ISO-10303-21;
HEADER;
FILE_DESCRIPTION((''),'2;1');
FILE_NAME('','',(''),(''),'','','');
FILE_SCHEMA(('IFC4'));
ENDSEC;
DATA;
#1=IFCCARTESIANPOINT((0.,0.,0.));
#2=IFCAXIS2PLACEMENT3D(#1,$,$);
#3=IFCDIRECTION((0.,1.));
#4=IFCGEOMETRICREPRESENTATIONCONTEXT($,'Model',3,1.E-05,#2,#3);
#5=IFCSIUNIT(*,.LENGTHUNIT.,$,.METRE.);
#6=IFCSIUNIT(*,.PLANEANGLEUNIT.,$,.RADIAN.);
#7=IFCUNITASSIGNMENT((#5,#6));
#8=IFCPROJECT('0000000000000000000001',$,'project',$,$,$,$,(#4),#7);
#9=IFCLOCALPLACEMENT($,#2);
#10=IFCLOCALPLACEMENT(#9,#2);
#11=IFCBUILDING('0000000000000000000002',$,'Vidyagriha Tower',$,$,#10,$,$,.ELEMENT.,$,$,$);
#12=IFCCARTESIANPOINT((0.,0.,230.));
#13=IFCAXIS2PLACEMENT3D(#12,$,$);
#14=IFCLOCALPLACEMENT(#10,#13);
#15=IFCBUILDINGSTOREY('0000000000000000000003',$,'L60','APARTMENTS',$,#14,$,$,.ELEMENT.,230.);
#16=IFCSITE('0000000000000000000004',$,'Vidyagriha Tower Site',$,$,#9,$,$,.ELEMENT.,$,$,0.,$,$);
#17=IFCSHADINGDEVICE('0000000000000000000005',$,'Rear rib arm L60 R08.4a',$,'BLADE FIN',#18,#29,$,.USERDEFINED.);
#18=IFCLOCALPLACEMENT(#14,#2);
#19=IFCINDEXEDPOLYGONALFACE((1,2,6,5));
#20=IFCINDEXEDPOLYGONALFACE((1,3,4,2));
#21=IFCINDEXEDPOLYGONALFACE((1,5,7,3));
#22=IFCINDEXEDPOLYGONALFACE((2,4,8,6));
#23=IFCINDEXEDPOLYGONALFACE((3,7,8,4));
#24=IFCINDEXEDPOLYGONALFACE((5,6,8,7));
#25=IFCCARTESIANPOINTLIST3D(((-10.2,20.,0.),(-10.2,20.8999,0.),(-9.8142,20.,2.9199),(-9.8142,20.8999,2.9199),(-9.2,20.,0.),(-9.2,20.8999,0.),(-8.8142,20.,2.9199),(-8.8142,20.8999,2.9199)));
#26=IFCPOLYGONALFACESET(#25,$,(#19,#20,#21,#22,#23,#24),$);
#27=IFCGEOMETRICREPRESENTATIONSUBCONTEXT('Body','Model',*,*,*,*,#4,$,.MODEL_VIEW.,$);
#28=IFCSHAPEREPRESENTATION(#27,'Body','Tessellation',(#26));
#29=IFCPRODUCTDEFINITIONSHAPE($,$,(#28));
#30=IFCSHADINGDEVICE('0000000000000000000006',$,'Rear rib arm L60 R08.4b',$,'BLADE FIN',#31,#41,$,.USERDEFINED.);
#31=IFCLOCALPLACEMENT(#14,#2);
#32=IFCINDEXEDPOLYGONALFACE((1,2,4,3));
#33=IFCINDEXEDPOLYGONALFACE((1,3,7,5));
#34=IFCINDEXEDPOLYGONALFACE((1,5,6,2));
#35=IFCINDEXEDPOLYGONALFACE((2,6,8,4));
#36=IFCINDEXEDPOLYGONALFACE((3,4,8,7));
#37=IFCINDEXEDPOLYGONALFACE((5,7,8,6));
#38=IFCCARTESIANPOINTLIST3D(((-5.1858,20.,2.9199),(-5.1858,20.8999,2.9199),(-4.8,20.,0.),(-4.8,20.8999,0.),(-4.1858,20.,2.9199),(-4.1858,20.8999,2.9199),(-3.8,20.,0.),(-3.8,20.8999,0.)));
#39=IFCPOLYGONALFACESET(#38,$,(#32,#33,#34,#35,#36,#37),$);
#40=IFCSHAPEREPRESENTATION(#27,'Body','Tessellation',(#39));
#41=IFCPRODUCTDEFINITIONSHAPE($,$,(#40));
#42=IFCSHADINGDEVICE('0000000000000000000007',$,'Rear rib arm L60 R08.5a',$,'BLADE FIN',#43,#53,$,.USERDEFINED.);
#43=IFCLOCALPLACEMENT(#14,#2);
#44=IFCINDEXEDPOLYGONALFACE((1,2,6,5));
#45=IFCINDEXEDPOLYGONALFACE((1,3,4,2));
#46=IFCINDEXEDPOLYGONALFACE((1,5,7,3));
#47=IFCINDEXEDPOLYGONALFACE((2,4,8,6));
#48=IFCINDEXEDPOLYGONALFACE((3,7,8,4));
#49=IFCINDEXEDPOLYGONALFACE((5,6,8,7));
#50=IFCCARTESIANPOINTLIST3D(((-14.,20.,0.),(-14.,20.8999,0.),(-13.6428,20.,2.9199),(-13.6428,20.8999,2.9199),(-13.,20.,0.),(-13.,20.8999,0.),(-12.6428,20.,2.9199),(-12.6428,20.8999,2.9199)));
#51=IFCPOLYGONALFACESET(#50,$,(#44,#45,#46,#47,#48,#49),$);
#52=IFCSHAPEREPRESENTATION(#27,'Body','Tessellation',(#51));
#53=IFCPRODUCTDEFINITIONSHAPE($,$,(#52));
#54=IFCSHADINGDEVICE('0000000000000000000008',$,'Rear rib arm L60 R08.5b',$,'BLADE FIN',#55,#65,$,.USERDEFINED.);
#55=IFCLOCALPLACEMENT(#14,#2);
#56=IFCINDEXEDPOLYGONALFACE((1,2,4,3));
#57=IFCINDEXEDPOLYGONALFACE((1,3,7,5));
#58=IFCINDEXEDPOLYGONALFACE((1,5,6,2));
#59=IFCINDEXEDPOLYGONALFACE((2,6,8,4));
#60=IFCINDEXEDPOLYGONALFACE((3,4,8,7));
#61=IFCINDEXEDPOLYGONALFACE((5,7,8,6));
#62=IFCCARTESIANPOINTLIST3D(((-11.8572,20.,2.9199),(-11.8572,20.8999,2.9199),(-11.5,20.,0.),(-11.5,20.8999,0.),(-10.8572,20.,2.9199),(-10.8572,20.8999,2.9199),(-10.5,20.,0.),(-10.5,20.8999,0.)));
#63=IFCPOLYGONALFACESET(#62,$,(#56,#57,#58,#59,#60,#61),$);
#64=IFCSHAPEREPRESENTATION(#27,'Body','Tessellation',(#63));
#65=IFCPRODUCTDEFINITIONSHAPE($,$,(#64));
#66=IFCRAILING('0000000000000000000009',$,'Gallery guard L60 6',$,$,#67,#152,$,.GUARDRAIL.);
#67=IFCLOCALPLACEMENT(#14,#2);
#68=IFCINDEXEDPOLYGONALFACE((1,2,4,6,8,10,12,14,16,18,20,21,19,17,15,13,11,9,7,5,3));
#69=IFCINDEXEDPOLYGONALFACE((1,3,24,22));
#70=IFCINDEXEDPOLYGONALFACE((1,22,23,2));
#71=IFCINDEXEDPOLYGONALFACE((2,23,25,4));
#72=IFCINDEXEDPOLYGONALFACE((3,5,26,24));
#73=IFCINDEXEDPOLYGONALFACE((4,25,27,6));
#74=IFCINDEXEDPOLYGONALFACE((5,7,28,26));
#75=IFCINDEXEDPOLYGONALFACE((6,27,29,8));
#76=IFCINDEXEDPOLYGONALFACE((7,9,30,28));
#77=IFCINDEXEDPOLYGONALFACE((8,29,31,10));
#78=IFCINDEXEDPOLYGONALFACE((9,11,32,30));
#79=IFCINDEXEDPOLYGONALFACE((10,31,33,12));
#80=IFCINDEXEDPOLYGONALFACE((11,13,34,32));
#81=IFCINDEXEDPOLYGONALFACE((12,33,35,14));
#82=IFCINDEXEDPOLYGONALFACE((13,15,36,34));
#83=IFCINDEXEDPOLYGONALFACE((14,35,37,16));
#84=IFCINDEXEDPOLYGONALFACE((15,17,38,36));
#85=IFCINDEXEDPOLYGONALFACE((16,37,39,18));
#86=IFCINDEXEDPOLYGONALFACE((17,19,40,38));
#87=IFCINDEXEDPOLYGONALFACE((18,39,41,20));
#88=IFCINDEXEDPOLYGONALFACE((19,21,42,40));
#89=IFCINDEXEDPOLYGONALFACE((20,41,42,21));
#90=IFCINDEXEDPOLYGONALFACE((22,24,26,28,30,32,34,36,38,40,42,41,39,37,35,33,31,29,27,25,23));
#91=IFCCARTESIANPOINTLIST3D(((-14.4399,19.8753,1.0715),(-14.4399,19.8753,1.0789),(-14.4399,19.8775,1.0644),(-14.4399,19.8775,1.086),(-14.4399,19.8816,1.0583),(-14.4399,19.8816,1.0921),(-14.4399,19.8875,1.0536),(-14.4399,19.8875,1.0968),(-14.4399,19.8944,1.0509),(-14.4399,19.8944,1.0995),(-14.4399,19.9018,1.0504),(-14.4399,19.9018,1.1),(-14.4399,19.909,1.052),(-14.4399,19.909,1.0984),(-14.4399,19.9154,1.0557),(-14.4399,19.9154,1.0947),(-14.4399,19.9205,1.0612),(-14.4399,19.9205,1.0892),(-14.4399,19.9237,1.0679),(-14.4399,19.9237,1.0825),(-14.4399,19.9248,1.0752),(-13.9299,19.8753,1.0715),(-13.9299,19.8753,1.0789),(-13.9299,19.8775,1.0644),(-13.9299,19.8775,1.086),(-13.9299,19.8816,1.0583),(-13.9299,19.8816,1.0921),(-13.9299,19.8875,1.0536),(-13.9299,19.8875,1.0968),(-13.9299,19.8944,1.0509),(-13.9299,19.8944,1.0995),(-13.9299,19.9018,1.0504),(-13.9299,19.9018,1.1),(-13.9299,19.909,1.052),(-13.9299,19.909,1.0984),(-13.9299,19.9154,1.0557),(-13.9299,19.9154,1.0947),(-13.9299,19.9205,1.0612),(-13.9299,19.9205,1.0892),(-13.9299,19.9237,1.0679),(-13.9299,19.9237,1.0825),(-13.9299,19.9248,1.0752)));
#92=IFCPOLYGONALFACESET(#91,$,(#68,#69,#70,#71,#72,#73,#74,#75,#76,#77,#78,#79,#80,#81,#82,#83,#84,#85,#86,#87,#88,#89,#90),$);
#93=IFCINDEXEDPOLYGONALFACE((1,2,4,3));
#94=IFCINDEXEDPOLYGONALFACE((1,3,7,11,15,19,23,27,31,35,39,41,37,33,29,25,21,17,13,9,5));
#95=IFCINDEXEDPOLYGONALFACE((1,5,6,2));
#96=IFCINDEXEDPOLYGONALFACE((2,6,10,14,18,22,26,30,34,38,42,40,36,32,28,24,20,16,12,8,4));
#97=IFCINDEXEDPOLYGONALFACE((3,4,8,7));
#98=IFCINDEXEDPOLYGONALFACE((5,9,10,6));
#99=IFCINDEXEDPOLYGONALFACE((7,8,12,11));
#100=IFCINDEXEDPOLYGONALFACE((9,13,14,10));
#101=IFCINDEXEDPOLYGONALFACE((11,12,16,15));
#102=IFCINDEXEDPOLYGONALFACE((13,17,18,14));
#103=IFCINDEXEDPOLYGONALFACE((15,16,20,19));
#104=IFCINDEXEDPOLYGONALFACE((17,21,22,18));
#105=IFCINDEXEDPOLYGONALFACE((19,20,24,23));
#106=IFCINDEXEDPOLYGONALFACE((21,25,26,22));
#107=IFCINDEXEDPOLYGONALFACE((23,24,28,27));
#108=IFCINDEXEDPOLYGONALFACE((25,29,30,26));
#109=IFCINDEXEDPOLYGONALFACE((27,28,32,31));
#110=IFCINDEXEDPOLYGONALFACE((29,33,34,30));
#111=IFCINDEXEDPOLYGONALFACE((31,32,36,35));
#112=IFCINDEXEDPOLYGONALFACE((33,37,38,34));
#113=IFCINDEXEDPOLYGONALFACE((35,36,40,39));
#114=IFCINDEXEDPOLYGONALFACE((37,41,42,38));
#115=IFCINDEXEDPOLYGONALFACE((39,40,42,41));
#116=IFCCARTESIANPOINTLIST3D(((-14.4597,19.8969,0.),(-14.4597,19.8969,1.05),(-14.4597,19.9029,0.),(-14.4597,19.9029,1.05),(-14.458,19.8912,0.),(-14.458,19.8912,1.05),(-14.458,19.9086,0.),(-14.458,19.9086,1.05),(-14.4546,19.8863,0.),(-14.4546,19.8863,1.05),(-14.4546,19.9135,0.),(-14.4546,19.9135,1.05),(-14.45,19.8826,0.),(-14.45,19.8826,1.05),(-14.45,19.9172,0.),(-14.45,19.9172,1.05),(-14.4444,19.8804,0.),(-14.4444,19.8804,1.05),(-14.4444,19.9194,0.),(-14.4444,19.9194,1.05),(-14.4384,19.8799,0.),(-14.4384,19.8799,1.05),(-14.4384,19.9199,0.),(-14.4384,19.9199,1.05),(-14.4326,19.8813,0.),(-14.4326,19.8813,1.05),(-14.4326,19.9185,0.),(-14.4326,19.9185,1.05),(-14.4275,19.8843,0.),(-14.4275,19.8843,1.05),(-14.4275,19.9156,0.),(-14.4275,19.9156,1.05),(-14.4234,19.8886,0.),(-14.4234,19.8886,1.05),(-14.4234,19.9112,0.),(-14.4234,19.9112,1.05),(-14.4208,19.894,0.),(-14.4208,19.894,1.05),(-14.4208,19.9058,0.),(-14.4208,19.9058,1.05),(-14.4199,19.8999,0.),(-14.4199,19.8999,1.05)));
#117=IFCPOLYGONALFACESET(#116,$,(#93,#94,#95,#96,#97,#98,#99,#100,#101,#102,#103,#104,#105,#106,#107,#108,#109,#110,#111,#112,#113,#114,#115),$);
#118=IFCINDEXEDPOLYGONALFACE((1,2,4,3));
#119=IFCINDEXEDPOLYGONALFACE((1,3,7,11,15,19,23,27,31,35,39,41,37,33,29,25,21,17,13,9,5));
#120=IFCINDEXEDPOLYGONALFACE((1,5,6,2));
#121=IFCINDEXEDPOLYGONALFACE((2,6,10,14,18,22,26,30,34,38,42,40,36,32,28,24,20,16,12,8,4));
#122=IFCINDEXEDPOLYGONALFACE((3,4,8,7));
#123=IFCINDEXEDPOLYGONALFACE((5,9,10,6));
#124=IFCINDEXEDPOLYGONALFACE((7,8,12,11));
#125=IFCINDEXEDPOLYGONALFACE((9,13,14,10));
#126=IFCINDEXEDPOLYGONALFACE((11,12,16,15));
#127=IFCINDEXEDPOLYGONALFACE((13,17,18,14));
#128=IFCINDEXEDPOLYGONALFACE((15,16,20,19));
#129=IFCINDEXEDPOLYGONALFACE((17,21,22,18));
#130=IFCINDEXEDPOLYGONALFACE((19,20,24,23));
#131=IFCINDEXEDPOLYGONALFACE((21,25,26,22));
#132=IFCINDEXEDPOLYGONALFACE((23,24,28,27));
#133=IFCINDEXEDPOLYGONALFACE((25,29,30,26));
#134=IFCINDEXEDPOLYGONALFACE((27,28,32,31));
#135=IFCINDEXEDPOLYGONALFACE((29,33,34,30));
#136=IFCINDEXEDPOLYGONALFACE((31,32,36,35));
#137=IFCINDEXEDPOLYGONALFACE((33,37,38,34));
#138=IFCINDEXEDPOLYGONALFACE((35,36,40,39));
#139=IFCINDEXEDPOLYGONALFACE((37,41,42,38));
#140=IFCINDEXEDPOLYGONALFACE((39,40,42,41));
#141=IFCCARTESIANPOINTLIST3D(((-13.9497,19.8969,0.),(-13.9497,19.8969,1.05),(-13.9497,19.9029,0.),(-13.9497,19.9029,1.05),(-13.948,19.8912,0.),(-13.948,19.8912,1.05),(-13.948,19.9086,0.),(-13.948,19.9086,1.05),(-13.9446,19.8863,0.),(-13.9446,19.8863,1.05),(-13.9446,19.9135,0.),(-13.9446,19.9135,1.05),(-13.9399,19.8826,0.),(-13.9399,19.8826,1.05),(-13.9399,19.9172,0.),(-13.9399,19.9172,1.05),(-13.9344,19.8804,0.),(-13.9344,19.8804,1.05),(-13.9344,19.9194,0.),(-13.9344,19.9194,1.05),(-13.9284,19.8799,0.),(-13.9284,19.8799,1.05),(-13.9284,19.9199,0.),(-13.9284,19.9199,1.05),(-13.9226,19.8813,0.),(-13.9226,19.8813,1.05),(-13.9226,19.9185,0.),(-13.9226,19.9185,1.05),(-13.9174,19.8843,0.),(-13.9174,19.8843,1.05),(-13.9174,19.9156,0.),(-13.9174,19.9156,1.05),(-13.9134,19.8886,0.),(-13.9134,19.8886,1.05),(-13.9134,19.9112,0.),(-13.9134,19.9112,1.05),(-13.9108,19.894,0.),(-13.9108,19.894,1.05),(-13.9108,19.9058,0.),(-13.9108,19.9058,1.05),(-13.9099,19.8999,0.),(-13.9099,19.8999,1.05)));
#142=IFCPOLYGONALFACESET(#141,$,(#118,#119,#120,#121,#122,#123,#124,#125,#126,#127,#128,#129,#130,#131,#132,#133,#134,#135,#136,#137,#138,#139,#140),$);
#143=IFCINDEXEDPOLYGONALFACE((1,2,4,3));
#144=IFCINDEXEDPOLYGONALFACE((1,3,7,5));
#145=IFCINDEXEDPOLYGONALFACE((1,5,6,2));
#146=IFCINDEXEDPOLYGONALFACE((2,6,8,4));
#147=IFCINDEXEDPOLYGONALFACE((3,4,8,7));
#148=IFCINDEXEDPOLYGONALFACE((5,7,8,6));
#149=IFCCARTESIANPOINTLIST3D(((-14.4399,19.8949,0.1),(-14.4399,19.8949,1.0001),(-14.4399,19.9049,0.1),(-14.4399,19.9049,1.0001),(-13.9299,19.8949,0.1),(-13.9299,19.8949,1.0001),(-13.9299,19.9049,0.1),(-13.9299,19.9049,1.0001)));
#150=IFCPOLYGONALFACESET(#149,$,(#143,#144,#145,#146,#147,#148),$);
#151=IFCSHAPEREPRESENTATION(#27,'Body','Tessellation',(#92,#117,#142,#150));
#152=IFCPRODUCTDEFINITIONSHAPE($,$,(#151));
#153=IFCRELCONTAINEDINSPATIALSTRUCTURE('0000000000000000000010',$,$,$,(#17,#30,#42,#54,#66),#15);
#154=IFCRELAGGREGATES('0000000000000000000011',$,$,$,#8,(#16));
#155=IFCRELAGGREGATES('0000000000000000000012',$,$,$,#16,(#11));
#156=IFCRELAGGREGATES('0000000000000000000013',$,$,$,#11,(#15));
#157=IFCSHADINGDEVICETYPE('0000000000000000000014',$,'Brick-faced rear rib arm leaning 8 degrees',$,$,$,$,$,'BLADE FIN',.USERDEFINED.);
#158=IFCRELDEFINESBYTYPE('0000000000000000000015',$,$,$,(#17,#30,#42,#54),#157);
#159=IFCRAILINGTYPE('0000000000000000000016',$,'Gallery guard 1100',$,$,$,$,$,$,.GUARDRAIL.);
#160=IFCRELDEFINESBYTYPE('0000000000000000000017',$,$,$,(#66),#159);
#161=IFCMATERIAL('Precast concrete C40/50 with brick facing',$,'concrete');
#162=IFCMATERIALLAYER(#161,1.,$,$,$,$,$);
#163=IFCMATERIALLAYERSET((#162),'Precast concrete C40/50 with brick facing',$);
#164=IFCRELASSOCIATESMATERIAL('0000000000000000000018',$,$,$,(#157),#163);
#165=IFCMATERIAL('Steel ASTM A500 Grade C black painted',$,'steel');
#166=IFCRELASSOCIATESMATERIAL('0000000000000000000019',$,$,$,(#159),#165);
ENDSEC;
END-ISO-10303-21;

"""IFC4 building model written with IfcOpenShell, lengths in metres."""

from ifc_helpers import new_model, si_unit, direction, frame, origin, origin_2d, place, context, subcontext, project, spatial, polyline, rectangle, circle, outline, extrude, material, layer, layer_set, type_object, element, save


model = new_model("IFC4")

# Units and contexts
model_context = context("Model", 3, precision=1e-05, world=origin(), true_north=direction((0.0, 1.0)))
body_context = subcontext(model_context, "Body", "Model", "MODEL_VIEW")
ifc_project = project(units=[si_unit("LENGTHUNIT", "METRE"), si_unit("PLANEANGLEUNIT", "RADIAN")], contexts=[model_context])

# Site, building, storey
site_placement = place(None, origin())
site = spatial("IfcSite", under=ifc_project, at=site_placement, Name="Vidyagriha Tower Site", CompositionType="ELEMENT", RefElevation=0.0)
building_placement = place(site_placement, origin())
building = spatial("IfcBuilding", under=site, at=building_placement, Name="Vidyagriha Tower", CompositionType="ELEMENT")
storey_placement = place(building_placement, frame((0.0, 0.0, 230.0)))
storey = spatial("IfcBuildingStorey", under=building, at=storey_placement, Name="L60", Description="APARTMENTS", CompositionType="ELEMENT", Elevation=230.0)

# Shading devices
ifc_material_1 = material(Name="Precast concrete C40/50 with brick facing", Category="concrete")
ifc_layer_1 = layer(ifc_material_1, 1.0)
ifc_layer_set_1 = layer_set([ifc_layer_1], Name="Precast concrete C40/50 with brick facing")
shading_device_type = type_object("IfcShadingDeviceType", Name="Brick-faced rear rib arm leaning 8 degrees", ElementType="BLADE FIN", PredefinedType="USERDEFINED", material=ifc_layer_set_1)
shading_device_1_placement = place(storey_placement, frame((-8.8142, 20.45, 0.0), z_axis=(0.0, 0.0, 1.0), x_axis=(-1.0, 0.0, 0.0)))
element("IfcShadingDevice", 1, at=shading_device_1_placement, inside=storey, type_object=shading_device_type, Name="Rear rib arm L60 R08.4a", ObjectType="BLADE FIN", PredefinedType="USERDEFINED", context=body_context, shape_type="SweptSolid", body=[
    extrude(outline(polyline([(0.3857, 0.0), (1.3857, 0.0), (1.0, 2.9199), (0.0, 2.9199), (0.3857, 0.0)])), frame((0.0, 0.45, 0.0), z_axis=(0.0, -1.0, 0.0), x_axis=(1.0, 0.0, 0.0)), (0.0, 0.0, 1.0), 0.8999),
])
shading_device_2_placement = place(storey_placement, frame((-3.8, 20.45, 0.0), z_axis=(0.0, 0.0, 1.0), x_axis=(-1.0, 0.0, 0.0)))
element("IfcShadingDevice", 2, at=shading_device_2_placement, inside=storey, type_object=shading_device_type, Name="Rear rib arm L60 R08.4b", ObjectType="BLADE FIN", PredefinedType="USERDEFINED", context=body_context, shape_type="SweptSolid", body=[
    extrude(outline(polyline([(0.0, 0.0), (1.0, 0.0), (1.3857, 2.9199), (0.3857, 2.9199), (0.0, 0.0)])), frame((0.0, 0.45, 0.0), z_axis=(0.0, -1.0, 0.0), x_axis=(1.0, 0.0, 0.0)), (0.0, 0.0, 1.0), 0.8999),
])
shading_device_3_placement = place(storey_placement, frame((-12.6428, 20.45, 0.0), z_axis=(0.0, 0.0, 1.0), x_axis=(-1.0, 0.0, 0.0)))
element("IfcShadingDevice", 3, at=shading_device_3_placement, inside=storey, type_object=shading_device_type, Name="Rear rib arm L60 R08.5a", ObjectType="BLADE FIN", PredefinedType="USERDEFINED", context=body_context, shape_type="SweptSolid", body=[
    extrude(outline(polyline([(0.3572, 0.0), (1.3572, 0.0), (1.0, 2.9199), (0.0, 2.9199), (0.3572, 0.0)])), frame((0.0, 0.45, 0.0), z_axis=(0.0, -1.0, 0.0), x_axis=(1.0, 0.0, 0.0)), (0.0, 0.0, 1.0), 0.8999),
])
shading_device_4_placement = place(storey_placement, frame((-10.5, 20.45, 0.0), z_axis=(0.0, 0.0, 1.0), x_axis=(-1.0, 0.0, 0.0)))
element("IfcShadingDevice", 4, at=shading_device_4_placement, inside=storey, type_object=shading_device_type, Name="Rear rib arm L60 R08.5b", ObjectType="BLADE FIN", PredefinedType="USERDEFINED", context=body_context, shape_type="SweptSolid", body=[
    extrude(outline(polyline([(0.0, 0.0), (1.0, 0.0), (1.3572, 2.9199), (0.3572, 2.9199), (0.0, 0.0)])), frame((0.0, 0.45, 0.0), z_axis=(0.0, -1.0, 0.0), x_axis=(1.0, 0.0, 0.0)), (0.0, 0.0, 1.0), 0.8999),
])

# Railing
ifc_material_2 = material(Name="Steel ASTM A500 Grade C black painted", Category="steel")
railing_type_1 = type_object("IfcRailingType", Name="Gallery guard 1100", PredefinedType="GUARDRAIL", material=ifc_material_2)
railing_1_placement = place(storey_placement, frame((-14.4399, 19.8999, 0.0)))
element("IfcRailing", 5, at=railing_1_placement, inside=storey, type_object=railing_type_1, Name="Gallery guard L60 6", PredefinedType="GUARDRAIL", context=body_context, shape_type="SweptSolid", body=[
    extrude(circle(Radius=0.0249, at=origin_2d()), frame((0.0, 0.0, 1.0752), z_axis=(1.0, 0.0, 0.0), x_axis=(0.0, 1.0, 0.0)), (0.0, 0.0, 1.0), 0.51),
    extrude(circle(Radius=0.02, at=origin_2d()), origin(), (0.0, 0.0, 1.0), 1.05),
    extrude(circle(Radius=0.02, at=origin_2d()), frame((0.51, 0.0, 0.0)), (0.0, 0.0, 1.0), 1.05),
    extrude(rectangle(XDim=0.01, YDim=0.9001, at=origin_2d()), frame((0.0, 0.0, 0.55), z_axis=(1.0, 0.0, 0.0), x_axis=(0.0, 1.0, 0.0)), (0.0, 0.0, 1.0), 0.51),
])

save(model, "model.ifc")
